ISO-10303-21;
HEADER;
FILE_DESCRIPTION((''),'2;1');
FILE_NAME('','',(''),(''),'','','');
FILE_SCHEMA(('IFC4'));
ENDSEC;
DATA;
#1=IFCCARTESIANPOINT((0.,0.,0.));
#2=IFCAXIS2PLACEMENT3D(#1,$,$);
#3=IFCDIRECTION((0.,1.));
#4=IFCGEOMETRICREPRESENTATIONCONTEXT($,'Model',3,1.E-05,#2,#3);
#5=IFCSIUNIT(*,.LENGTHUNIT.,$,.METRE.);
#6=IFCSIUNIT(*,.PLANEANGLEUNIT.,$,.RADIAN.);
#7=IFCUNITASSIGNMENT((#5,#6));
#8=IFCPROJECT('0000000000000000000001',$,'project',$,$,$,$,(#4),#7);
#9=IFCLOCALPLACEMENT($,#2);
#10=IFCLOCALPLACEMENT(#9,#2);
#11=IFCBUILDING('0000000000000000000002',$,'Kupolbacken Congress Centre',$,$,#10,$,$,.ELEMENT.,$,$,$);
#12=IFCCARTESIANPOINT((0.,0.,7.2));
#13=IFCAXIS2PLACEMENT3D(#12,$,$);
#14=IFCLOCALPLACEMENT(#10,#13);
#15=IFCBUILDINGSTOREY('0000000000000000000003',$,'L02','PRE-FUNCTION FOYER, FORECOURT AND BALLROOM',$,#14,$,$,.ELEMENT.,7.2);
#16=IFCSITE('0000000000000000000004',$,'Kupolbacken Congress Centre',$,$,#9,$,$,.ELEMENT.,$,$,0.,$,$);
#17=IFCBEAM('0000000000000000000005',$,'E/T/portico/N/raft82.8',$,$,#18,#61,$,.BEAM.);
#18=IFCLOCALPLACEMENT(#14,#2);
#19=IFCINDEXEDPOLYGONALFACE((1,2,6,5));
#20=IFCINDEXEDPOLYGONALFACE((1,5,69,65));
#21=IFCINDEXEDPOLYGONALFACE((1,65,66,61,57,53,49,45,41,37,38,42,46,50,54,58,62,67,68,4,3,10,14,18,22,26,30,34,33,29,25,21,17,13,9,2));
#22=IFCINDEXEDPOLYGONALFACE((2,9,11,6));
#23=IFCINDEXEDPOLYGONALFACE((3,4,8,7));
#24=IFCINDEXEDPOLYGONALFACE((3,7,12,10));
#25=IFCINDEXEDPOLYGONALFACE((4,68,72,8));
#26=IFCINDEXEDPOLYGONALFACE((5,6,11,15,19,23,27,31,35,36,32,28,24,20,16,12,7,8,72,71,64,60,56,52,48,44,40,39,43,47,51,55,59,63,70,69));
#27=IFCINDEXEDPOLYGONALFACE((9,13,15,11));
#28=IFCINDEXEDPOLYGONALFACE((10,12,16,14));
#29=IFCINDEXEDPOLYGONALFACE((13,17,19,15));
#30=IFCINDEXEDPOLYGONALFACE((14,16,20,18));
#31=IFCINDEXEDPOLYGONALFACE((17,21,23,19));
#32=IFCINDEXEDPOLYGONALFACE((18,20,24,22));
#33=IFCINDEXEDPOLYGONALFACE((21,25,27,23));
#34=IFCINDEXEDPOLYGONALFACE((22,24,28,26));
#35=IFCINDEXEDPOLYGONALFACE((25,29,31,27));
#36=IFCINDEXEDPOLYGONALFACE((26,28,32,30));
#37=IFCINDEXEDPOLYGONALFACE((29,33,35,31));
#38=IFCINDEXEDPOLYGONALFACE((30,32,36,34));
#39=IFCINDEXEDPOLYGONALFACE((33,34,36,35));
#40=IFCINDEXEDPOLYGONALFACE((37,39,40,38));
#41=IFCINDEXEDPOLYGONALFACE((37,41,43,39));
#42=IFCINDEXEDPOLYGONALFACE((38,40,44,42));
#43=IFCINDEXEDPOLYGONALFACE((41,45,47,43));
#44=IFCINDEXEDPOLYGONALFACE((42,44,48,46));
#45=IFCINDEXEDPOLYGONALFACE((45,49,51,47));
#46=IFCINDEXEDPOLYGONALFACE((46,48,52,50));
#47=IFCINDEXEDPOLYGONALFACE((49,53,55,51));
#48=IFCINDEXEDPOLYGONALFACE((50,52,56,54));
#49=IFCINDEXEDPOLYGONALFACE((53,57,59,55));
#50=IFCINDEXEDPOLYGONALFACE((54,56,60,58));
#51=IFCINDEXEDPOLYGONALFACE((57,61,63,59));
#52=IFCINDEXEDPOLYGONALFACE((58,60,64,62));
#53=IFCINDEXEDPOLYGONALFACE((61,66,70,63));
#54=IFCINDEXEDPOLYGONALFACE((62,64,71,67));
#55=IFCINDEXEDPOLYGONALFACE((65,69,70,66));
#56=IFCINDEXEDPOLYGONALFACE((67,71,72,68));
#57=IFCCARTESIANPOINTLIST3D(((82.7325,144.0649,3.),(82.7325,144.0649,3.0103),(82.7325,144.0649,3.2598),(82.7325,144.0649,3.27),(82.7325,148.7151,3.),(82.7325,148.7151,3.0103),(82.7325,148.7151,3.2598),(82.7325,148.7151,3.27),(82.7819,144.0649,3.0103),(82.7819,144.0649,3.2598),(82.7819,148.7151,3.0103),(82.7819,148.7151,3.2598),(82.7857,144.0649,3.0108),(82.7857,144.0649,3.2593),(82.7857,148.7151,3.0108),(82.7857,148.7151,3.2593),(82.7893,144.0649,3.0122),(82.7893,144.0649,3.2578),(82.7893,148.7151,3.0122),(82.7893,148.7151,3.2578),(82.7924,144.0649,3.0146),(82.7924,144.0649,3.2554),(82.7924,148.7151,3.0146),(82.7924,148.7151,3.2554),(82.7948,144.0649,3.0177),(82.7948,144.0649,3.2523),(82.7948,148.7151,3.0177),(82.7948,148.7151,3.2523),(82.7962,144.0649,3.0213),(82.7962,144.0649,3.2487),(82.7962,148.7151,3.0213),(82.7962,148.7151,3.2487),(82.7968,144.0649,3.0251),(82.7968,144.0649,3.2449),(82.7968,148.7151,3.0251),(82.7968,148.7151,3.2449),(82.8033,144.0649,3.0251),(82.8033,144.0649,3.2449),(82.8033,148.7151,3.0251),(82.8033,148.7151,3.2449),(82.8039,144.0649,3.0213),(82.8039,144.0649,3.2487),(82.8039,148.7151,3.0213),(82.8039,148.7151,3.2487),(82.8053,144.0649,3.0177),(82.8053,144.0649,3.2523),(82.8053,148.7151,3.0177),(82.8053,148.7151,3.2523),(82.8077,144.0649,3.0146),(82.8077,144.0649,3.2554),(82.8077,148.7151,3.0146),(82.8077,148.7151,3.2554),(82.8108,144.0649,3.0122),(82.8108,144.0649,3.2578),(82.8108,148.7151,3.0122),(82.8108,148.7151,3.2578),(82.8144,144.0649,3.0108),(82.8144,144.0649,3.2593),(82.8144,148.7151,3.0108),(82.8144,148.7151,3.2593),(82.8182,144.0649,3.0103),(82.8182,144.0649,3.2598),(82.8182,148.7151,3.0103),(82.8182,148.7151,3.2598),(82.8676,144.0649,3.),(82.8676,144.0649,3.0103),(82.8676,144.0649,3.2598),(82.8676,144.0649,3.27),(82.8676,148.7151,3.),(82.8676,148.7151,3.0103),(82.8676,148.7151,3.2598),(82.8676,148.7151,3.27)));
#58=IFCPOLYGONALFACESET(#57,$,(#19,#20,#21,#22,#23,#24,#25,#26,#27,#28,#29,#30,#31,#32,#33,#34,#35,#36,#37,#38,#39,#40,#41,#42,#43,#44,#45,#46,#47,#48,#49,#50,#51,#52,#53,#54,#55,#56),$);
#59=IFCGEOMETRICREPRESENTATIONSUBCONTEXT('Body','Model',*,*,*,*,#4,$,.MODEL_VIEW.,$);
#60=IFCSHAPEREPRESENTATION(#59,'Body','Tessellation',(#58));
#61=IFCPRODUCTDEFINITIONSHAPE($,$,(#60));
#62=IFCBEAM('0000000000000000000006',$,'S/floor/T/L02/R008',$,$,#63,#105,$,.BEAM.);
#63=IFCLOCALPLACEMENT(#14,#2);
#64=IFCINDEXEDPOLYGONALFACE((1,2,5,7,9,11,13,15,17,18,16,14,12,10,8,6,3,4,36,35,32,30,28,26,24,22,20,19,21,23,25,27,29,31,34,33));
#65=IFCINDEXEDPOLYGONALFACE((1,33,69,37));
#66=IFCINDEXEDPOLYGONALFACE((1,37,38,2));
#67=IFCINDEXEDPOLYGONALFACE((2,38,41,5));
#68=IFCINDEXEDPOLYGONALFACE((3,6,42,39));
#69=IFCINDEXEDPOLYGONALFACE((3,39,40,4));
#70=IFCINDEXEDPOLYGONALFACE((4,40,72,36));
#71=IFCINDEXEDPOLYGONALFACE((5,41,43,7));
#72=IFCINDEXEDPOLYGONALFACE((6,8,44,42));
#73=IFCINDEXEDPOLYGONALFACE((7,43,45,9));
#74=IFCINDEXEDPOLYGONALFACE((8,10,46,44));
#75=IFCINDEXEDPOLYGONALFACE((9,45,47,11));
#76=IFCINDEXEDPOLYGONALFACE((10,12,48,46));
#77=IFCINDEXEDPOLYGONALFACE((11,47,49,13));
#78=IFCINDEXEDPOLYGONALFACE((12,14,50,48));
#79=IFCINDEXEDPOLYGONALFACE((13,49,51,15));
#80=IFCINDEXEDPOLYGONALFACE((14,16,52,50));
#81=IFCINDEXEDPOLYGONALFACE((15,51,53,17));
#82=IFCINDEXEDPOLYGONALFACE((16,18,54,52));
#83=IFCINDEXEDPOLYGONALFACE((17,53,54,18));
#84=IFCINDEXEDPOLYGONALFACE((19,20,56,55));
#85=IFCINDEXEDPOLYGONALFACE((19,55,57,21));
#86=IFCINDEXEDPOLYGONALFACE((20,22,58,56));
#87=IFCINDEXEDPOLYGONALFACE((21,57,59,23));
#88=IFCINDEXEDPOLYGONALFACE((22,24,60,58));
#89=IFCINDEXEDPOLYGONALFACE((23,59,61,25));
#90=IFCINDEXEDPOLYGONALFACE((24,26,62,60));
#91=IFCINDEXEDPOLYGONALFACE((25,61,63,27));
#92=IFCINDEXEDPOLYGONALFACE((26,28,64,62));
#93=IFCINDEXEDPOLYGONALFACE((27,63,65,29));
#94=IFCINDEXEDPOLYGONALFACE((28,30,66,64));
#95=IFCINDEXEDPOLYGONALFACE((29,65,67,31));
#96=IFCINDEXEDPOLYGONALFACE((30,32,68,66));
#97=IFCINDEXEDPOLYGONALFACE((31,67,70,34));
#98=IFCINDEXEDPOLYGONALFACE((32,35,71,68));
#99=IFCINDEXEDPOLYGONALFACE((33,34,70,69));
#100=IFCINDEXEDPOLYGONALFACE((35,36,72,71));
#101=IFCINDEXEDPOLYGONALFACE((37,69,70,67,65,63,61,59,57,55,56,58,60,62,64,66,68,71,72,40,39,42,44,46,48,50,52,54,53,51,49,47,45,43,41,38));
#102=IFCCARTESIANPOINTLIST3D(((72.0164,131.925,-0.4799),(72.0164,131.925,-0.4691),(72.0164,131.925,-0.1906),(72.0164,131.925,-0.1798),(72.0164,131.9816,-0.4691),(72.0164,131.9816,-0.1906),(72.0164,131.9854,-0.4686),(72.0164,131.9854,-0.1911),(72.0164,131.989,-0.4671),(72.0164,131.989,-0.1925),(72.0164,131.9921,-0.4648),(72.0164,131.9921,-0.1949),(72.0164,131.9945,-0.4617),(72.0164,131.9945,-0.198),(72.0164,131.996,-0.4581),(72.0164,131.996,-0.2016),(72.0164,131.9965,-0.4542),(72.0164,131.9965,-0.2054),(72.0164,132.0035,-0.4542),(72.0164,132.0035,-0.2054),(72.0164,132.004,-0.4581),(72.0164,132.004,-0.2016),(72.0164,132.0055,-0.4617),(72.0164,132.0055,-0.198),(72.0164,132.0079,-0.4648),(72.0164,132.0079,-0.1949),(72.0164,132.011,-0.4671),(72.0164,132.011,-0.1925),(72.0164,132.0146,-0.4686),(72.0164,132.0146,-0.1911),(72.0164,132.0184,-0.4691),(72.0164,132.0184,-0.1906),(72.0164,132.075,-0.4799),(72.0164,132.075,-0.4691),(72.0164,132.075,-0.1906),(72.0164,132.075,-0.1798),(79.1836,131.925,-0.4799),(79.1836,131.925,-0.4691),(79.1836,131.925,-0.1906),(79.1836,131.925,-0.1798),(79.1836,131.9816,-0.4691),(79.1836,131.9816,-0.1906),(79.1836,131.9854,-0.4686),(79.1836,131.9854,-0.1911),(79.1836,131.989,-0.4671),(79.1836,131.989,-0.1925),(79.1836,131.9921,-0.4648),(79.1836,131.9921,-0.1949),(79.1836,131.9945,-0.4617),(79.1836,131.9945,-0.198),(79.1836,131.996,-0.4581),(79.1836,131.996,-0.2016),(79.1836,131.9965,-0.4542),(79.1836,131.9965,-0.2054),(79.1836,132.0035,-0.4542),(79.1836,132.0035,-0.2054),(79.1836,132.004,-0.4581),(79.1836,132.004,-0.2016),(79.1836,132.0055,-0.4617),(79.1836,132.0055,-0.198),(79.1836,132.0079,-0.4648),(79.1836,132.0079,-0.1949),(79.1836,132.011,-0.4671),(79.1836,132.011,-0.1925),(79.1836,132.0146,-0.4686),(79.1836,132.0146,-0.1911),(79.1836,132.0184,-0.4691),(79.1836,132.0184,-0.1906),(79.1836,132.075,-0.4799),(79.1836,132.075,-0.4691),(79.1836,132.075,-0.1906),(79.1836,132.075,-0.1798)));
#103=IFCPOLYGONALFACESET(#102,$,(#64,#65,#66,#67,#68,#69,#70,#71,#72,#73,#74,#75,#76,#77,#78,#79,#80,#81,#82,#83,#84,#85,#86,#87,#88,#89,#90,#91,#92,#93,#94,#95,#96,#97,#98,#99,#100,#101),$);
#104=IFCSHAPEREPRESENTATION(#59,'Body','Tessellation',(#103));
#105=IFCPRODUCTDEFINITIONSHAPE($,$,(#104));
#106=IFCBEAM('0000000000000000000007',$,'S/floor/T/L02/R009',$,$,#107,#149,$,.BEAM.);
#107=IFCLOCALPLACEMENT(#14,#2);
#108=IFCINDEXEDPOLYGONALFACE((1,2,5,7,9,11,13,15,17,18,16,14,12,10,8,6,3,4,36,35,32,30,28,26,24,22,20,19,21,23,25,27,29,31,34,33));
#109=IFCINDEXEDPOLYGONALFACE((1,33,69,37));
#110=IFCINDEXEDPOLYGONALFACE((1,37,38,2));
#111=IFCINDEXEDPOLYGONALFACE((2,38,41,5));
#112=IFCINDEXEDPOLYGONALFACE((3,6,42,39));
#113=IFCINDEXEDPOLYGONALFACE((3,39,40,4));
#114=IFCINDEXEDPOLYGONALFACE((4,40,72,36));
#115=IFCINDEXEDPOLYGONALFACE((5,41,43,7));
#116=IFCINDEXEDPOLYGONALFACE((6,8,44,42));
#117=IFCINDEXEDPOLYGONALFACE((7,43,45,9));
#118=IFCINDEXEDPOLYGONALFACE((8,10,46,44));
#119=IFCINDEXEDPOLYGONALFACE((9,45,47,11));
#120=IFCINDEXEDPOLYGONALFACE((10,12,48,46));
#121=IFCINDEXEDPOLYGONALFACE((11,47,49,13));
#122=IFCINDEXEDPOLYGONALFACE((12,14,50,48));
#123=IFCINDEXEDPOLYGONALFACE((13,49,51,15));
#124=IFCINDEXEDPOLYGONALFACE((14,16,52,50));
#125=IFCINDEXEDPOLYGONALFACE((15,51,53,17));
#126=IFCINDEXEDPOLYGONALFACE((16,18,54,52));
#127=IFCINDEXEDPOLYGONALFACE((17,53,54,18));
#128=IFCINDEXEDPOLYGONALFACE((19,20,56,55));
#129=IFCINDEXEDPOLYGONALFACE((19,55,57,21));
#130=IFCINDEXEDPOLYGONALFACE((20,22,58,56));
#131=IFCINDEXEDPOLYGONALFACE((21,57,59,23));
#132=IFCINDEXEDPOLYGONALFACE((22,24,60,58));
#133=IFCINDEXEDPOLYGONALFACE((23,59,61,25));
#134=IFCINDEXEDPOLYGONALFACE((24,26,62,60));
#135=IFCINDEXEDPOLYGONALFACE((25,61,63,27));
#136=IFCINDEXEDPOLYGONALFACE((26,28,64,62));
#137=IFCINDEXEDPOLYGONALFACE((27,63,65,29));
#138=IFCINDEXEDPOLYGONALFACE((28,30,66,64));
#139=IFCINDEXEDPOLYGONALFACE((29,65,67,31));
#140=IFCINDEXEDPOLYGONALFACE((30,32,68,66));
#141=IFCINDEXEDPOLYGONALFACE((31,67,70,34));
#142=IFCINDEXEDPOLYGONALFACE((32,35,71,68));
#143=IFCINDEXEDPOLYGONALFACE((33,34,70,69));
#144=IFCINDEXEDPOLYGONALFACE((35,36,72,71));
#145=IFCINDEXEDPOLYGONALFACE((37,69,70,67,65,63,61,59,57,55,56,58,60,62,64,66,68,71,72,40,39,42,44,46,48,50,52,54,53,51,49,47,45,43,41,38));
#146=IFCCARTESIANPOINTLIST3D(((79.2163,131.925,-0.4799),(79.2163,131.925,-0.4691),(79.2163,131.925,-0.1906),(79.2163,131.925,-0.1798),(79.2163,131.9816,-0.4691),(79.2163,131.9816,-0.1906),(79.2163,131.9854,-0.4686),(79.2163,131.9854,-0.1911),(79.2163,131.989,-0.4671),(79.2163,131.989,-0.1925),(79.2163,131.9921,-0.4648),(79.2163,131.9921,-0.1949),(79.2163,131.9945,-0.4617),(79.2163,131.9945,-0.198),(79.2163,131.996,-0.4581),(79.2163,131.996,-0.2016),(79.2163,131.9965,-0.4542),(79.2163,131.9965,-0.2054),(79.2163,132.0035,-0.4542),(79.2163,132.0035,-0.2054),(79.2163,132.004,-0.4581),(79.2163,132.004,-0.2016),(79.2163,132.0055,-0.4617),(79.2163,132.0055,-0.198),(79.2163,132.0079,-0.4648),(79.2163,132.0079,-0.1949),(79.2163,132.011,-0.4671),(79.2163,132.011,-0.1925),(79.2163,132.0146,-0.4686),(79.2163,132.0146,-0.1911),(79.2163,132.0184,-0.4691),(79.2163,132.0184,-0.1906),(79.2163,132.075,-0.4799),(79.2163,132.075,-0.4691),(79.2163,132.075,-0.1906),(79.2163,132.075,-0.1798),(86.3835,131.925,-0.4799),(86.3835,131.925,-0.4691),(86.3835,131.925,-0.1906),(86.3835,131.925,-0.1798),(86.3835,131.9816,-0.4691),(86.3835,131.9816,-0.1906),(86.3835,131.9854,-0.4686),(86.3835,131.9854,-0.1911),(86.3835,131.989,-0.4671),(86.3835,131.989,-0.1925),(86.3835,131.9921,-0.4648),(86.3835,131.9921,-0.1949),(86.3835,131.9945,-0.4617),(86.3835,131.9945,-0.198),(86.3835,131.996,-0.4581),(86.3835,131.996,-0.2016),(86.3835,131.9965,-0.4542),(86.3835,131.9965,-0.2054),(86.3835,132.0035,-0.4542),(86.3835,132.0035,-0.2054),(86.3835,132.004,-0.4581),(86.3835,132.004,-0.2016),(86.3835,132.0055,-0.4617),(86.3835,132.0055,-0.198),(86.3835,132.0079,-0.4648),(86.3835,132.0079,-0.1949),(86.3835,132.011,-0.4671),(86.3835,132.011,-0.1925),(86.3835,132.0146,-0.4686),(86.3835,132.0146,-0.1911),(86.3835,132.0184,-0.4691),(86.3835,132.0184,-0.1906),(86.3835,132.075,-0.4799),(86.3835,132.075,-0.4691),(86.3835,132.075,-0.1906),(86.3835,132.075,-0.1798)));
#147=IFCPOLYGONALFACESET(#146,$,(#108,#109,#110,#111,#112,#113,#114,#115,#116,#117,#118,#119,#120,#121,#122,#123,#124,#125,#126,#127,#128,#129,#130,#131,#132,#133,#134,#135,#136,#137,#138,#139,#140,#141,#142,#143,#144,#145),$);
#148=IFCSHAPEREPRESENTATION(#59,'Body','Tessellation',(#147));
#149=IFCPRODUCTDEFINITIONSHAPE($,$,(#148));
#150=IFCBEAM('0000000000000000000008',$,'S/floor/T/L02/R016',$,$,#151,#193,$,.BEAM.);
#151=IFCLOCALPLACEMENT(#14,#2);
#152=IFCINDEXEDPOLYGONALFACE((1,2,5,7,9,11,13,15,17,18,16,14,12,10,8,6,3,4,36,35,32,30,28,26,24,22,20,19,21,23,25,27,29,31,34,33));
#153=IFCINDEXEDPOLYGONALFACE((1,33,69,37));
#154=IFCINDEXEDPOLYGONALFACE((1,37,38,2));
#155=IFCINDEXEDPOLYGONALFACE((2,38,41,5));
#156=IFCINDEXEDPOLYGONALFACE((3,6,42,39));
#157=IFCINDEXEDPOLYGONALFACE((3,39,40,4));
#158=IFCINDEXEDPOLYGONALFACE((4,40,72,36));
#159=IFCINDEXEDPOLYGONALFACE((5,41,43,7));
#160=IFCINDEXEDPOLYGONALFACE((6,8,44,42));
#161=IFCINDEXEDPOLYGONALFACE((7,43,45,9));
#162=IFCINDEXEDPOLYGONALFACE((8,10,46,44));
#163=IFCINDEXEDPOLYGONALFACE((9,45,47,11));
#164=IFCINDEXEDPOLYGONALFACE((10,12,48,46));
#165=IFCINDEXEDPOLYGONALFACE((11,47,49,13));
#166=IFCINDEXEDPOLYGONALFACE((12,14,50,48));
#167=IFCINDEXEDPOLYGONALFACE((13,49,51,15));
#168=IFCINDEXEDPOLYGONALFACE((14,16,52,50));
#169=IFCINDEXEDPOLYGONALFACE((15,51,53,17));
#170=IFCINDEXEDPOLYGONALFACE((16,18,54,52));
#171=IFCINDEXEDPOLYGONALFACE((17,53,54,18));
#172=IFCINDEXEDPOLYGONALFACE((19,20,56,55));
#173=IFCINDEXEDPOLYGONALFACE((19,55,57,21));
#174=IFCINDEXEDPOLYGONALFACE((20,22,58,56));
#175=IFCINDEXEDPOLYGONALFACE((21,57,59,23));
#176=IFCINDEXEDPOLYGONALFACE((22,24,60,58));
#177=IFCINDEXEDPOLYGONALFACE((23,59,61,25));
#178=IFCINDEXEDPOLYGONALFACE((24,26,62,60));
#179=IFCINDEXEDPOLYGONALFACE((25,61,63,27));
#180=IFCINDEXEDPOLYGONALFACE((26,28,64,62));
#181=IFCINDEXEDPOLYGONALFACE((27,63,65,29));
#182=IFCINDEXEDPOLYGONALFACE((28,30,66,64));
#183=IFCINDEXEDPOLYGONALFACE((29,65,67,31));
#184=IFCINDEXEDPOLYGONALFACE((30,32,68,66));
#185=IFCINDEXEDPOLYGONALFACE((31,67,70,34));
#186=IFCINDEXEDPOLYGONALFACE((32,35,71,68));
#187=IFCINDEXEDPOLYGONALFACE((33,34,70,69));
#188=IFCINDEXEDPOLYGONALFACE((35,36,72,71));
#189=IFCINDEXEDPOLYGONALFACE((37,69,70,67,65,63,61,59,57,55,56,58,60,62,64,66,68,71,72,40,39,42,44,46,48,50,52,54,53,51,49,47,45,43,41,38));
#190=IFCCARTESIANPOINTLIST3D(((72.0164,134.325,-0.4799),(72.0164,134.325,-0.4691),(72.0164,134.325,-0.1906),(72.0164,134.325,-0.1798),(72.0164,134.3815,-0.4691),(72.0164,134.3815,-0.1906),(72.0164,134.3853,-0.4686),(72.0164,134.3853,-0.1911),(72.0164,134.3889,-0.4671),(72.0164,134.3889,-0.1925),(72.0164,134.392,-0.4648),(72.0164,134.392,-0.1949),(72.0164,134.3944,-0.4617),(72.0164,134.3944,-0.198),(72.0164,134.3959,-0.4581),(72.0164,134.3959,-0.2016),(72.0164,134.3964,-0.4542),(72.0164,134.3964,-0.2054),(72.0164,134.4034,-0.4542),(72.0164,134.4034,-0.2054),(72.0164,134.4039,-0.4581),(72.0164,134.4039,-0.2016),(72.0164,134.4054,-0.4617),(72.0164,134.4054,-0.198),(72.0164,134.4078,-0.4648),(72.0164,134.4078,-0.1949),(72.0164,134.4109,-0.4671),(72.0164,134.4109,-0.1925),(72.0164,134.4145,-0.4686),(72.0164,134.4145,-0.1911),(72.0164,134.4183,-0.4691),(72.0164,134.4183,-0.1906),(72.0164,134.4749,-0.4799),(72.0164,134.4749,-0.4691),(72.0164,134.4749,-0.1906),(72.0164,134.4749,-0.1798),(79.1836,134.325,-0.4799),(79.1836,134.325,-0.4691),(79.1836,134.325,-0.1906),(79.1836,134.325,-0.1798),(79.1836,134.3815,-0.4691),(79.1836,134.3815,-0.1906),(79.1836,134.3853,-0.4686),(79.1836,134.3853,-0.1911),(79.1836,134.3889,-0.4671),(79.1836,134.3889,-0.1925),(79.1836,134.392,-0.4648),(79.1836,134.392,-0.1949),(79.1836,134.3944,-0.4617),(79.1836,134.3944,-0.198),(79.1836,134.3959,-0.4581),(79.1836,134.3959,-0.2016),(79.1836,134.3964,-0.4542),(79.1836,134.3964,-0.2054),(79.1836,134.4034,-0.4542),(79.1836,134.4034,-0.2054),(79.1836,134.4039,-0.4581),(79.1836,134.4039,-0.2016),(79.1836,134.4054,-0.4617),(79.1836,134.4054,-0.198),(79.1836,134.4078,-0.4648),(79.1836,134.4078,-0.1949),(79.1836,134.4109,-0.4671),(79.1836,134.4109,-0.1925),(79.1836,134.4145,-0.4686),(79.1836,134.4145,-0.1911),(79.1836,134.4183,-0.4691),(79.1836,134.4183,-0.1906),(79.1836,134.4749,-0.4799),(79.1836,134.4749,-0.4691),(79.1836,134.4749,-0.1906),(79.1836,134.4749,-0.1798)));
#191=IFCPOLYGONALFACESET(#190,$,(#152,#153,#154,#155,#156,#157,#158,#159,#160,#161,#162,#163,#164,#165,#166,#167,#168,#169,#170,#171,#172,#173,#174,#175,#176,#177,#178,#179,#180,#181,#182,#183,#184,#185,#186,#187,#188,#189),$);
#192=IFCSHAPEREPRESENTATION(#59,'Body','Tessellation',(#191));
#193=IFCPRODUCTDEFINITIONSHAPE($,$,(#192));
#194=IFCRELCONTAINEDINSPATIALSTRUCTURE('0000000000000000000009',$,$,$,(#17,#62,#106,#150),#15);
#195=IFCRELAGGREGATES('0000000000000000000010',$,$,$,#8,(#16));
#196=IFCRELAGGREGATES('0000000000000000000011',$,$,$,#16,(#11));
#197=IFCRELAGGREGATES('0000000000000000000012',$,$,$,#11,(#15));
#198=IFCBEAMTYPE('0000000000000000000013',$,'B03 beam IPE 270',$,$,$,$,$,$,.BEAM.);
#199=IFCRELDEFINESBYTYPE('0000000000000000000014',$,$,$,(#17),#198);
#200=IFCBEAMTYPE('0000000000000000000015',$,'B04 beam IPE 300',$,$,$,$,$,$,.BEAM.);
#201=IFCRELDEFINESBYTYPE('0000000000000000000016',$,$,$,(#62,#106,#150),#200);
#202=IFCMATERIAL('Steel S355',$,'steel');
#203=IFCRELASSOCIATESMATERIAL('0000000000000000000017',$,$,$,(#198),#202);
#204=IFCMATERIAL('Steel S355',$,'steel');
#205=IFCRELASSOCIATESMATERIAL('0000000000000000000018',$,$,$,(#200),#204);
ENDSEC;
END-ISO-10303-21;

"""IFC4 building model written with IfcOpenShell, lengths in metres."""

from ifc_helpers import new_model, si_unit, direction, frame, origin, origin_2d, place, context, subcontext, project, spatial, i_section, extrude, material, material_profile, profile_set, type_object, element, save


model = new_model("IFC4")

# Units and contexts
model_context = context("Model", 3, precision=1e-05, world=origin(), true_north=direction((0.0, 1.0)))
body_context = subcontext(model_context, "Body", "Model", "MODEL_VIEW")
ifc_project = project(units=[si_unit("LENGTHUNIT", "METRE"), si_unit("PLANEANGLEUNIT", "RADIAN")], contexts=[model_context])

# Site, building, storey
site_placement = place(None, origin())
site = spatial("IfcSite", under=ifc_project, at=site_placement, Name="Kupolbacken Congress Centre", CompositionType="ELEMENT", RefElevation=0.0)
building_placement = place(site_placement, origin())
building = spatial("IfcBuilding", under=site, at=building_placement, Name="Kupolbacken Congress Centre", CompositionType="ELEMENT")
storey_placement = place(building_placement, frame((0.0, 0.0, 7.2)))
storey = spatial("IfcBuildingStorey", under=building, at=storey_placement, Name="L02", Description="PRE-FUNCTION FOYER, FORECOURT AND BALLROOM", CompositionType="ELEMENT", Elevation=7.2)

# Beams
ifc_material_1 = material(Name="Steel S355", Category="steel")
ifc_material_profile_1 = material_profile(ifc_material_1, i_section(OverallWidth=0.135, OverallDepth=0.27, WebThickness=0.0066, FlangeThickness=0.0103, FilletRadius=0.0149, at=origin_2d()), Name="IPE 270")
ifc_profile_set_1 = profile_set([ifc_material_profile_1], Name="Steel S355")
beam_type_1 = type_object("IfcBeamType", Name="B03 beam IPE 270", PredefinedType="BEAM", material=ifc_profile_set_1)
beam_1_placement = place(storey_placement, frame((82.8, 144.0649, 3.135), z_axis=(0.0, 1.0, 0.0), x_axis=(-1.0, 0.0, 0.0)))
element("IfcBeam", 1, at=beam_1_placement, inside=storey, type_object=beam_type_1, Name="E/T/portico/N/raft82.8", PredefinedType="BEAM", context=body_context, shape_type="SweptSolid", body=[
    extrude(i_section(OverallWidth=0.135, OverallDepth=0.27, WebThickness=0.0066, FlangeThickness=0.0103, FilletRadius=0.0149, at=origin_2d()), origin(), (0.0, 0.0, 1.0), 4.6501),
])
ifc_material_2 = material(Name="Steel S355", Category="steel")
ifc_material_profile_2 = material_profile(ifc_material_2, i_section(OverallWidth=0.1499, OverallDepth=0.3, WebThickness=0.0071, FlangeThickness=0.0107, FilletRadius=0.0149, at=origin_2d()), Name="IPE 300")
ifc_profile_set_2 = profile_set([ifc_material_profile_2], Name="Steel S355")
beam_type_2 = type_object("IfcBeamType", Name="B04 beam IPE 300", PredefinedType="BEAM", material=ifc_profile_set_2)
for number, where, z_axis, x_axis, name in (
    (2, (72.0164, 132.0, -0.3298), (1.0, 0.0, 0.0), (0.0, 1.0, 0.0), "S/floor/T/L02/R008"),
    (3, (79.2163, 132.0, -0.3298), (1.0, 0.0, 0.0), (0.0, 1.0, 0.0), "S/floor/T/L02/R009"),
    (4, (72.0164, 134.3999, -0.3298), (1.0, 0.0, 0.0), (0.0, 1.0, 0.0), "S/floor/T/L02/R016"),
):
    element("IfcBeam", number, at=place(storey_placement, frame(where, z_axis=z_axis, x_axis=x_axis)), inside=storey, type_object=beam_type_2, Name=name, PredefinedType="BEAM", context=body_context, shape_type="SweptSolid", body=[
        extrude(i_section(OverallWidth=0.1499, OverallDepth=0.3, WebThickness=0.0071, FlangeThickness=0.0107, FilletRadius=0.0149, at=origin_2d()), origin(), (0.0, 0.0, 1.0), 7.1672),
    ])

save(model, "model.ifc")
